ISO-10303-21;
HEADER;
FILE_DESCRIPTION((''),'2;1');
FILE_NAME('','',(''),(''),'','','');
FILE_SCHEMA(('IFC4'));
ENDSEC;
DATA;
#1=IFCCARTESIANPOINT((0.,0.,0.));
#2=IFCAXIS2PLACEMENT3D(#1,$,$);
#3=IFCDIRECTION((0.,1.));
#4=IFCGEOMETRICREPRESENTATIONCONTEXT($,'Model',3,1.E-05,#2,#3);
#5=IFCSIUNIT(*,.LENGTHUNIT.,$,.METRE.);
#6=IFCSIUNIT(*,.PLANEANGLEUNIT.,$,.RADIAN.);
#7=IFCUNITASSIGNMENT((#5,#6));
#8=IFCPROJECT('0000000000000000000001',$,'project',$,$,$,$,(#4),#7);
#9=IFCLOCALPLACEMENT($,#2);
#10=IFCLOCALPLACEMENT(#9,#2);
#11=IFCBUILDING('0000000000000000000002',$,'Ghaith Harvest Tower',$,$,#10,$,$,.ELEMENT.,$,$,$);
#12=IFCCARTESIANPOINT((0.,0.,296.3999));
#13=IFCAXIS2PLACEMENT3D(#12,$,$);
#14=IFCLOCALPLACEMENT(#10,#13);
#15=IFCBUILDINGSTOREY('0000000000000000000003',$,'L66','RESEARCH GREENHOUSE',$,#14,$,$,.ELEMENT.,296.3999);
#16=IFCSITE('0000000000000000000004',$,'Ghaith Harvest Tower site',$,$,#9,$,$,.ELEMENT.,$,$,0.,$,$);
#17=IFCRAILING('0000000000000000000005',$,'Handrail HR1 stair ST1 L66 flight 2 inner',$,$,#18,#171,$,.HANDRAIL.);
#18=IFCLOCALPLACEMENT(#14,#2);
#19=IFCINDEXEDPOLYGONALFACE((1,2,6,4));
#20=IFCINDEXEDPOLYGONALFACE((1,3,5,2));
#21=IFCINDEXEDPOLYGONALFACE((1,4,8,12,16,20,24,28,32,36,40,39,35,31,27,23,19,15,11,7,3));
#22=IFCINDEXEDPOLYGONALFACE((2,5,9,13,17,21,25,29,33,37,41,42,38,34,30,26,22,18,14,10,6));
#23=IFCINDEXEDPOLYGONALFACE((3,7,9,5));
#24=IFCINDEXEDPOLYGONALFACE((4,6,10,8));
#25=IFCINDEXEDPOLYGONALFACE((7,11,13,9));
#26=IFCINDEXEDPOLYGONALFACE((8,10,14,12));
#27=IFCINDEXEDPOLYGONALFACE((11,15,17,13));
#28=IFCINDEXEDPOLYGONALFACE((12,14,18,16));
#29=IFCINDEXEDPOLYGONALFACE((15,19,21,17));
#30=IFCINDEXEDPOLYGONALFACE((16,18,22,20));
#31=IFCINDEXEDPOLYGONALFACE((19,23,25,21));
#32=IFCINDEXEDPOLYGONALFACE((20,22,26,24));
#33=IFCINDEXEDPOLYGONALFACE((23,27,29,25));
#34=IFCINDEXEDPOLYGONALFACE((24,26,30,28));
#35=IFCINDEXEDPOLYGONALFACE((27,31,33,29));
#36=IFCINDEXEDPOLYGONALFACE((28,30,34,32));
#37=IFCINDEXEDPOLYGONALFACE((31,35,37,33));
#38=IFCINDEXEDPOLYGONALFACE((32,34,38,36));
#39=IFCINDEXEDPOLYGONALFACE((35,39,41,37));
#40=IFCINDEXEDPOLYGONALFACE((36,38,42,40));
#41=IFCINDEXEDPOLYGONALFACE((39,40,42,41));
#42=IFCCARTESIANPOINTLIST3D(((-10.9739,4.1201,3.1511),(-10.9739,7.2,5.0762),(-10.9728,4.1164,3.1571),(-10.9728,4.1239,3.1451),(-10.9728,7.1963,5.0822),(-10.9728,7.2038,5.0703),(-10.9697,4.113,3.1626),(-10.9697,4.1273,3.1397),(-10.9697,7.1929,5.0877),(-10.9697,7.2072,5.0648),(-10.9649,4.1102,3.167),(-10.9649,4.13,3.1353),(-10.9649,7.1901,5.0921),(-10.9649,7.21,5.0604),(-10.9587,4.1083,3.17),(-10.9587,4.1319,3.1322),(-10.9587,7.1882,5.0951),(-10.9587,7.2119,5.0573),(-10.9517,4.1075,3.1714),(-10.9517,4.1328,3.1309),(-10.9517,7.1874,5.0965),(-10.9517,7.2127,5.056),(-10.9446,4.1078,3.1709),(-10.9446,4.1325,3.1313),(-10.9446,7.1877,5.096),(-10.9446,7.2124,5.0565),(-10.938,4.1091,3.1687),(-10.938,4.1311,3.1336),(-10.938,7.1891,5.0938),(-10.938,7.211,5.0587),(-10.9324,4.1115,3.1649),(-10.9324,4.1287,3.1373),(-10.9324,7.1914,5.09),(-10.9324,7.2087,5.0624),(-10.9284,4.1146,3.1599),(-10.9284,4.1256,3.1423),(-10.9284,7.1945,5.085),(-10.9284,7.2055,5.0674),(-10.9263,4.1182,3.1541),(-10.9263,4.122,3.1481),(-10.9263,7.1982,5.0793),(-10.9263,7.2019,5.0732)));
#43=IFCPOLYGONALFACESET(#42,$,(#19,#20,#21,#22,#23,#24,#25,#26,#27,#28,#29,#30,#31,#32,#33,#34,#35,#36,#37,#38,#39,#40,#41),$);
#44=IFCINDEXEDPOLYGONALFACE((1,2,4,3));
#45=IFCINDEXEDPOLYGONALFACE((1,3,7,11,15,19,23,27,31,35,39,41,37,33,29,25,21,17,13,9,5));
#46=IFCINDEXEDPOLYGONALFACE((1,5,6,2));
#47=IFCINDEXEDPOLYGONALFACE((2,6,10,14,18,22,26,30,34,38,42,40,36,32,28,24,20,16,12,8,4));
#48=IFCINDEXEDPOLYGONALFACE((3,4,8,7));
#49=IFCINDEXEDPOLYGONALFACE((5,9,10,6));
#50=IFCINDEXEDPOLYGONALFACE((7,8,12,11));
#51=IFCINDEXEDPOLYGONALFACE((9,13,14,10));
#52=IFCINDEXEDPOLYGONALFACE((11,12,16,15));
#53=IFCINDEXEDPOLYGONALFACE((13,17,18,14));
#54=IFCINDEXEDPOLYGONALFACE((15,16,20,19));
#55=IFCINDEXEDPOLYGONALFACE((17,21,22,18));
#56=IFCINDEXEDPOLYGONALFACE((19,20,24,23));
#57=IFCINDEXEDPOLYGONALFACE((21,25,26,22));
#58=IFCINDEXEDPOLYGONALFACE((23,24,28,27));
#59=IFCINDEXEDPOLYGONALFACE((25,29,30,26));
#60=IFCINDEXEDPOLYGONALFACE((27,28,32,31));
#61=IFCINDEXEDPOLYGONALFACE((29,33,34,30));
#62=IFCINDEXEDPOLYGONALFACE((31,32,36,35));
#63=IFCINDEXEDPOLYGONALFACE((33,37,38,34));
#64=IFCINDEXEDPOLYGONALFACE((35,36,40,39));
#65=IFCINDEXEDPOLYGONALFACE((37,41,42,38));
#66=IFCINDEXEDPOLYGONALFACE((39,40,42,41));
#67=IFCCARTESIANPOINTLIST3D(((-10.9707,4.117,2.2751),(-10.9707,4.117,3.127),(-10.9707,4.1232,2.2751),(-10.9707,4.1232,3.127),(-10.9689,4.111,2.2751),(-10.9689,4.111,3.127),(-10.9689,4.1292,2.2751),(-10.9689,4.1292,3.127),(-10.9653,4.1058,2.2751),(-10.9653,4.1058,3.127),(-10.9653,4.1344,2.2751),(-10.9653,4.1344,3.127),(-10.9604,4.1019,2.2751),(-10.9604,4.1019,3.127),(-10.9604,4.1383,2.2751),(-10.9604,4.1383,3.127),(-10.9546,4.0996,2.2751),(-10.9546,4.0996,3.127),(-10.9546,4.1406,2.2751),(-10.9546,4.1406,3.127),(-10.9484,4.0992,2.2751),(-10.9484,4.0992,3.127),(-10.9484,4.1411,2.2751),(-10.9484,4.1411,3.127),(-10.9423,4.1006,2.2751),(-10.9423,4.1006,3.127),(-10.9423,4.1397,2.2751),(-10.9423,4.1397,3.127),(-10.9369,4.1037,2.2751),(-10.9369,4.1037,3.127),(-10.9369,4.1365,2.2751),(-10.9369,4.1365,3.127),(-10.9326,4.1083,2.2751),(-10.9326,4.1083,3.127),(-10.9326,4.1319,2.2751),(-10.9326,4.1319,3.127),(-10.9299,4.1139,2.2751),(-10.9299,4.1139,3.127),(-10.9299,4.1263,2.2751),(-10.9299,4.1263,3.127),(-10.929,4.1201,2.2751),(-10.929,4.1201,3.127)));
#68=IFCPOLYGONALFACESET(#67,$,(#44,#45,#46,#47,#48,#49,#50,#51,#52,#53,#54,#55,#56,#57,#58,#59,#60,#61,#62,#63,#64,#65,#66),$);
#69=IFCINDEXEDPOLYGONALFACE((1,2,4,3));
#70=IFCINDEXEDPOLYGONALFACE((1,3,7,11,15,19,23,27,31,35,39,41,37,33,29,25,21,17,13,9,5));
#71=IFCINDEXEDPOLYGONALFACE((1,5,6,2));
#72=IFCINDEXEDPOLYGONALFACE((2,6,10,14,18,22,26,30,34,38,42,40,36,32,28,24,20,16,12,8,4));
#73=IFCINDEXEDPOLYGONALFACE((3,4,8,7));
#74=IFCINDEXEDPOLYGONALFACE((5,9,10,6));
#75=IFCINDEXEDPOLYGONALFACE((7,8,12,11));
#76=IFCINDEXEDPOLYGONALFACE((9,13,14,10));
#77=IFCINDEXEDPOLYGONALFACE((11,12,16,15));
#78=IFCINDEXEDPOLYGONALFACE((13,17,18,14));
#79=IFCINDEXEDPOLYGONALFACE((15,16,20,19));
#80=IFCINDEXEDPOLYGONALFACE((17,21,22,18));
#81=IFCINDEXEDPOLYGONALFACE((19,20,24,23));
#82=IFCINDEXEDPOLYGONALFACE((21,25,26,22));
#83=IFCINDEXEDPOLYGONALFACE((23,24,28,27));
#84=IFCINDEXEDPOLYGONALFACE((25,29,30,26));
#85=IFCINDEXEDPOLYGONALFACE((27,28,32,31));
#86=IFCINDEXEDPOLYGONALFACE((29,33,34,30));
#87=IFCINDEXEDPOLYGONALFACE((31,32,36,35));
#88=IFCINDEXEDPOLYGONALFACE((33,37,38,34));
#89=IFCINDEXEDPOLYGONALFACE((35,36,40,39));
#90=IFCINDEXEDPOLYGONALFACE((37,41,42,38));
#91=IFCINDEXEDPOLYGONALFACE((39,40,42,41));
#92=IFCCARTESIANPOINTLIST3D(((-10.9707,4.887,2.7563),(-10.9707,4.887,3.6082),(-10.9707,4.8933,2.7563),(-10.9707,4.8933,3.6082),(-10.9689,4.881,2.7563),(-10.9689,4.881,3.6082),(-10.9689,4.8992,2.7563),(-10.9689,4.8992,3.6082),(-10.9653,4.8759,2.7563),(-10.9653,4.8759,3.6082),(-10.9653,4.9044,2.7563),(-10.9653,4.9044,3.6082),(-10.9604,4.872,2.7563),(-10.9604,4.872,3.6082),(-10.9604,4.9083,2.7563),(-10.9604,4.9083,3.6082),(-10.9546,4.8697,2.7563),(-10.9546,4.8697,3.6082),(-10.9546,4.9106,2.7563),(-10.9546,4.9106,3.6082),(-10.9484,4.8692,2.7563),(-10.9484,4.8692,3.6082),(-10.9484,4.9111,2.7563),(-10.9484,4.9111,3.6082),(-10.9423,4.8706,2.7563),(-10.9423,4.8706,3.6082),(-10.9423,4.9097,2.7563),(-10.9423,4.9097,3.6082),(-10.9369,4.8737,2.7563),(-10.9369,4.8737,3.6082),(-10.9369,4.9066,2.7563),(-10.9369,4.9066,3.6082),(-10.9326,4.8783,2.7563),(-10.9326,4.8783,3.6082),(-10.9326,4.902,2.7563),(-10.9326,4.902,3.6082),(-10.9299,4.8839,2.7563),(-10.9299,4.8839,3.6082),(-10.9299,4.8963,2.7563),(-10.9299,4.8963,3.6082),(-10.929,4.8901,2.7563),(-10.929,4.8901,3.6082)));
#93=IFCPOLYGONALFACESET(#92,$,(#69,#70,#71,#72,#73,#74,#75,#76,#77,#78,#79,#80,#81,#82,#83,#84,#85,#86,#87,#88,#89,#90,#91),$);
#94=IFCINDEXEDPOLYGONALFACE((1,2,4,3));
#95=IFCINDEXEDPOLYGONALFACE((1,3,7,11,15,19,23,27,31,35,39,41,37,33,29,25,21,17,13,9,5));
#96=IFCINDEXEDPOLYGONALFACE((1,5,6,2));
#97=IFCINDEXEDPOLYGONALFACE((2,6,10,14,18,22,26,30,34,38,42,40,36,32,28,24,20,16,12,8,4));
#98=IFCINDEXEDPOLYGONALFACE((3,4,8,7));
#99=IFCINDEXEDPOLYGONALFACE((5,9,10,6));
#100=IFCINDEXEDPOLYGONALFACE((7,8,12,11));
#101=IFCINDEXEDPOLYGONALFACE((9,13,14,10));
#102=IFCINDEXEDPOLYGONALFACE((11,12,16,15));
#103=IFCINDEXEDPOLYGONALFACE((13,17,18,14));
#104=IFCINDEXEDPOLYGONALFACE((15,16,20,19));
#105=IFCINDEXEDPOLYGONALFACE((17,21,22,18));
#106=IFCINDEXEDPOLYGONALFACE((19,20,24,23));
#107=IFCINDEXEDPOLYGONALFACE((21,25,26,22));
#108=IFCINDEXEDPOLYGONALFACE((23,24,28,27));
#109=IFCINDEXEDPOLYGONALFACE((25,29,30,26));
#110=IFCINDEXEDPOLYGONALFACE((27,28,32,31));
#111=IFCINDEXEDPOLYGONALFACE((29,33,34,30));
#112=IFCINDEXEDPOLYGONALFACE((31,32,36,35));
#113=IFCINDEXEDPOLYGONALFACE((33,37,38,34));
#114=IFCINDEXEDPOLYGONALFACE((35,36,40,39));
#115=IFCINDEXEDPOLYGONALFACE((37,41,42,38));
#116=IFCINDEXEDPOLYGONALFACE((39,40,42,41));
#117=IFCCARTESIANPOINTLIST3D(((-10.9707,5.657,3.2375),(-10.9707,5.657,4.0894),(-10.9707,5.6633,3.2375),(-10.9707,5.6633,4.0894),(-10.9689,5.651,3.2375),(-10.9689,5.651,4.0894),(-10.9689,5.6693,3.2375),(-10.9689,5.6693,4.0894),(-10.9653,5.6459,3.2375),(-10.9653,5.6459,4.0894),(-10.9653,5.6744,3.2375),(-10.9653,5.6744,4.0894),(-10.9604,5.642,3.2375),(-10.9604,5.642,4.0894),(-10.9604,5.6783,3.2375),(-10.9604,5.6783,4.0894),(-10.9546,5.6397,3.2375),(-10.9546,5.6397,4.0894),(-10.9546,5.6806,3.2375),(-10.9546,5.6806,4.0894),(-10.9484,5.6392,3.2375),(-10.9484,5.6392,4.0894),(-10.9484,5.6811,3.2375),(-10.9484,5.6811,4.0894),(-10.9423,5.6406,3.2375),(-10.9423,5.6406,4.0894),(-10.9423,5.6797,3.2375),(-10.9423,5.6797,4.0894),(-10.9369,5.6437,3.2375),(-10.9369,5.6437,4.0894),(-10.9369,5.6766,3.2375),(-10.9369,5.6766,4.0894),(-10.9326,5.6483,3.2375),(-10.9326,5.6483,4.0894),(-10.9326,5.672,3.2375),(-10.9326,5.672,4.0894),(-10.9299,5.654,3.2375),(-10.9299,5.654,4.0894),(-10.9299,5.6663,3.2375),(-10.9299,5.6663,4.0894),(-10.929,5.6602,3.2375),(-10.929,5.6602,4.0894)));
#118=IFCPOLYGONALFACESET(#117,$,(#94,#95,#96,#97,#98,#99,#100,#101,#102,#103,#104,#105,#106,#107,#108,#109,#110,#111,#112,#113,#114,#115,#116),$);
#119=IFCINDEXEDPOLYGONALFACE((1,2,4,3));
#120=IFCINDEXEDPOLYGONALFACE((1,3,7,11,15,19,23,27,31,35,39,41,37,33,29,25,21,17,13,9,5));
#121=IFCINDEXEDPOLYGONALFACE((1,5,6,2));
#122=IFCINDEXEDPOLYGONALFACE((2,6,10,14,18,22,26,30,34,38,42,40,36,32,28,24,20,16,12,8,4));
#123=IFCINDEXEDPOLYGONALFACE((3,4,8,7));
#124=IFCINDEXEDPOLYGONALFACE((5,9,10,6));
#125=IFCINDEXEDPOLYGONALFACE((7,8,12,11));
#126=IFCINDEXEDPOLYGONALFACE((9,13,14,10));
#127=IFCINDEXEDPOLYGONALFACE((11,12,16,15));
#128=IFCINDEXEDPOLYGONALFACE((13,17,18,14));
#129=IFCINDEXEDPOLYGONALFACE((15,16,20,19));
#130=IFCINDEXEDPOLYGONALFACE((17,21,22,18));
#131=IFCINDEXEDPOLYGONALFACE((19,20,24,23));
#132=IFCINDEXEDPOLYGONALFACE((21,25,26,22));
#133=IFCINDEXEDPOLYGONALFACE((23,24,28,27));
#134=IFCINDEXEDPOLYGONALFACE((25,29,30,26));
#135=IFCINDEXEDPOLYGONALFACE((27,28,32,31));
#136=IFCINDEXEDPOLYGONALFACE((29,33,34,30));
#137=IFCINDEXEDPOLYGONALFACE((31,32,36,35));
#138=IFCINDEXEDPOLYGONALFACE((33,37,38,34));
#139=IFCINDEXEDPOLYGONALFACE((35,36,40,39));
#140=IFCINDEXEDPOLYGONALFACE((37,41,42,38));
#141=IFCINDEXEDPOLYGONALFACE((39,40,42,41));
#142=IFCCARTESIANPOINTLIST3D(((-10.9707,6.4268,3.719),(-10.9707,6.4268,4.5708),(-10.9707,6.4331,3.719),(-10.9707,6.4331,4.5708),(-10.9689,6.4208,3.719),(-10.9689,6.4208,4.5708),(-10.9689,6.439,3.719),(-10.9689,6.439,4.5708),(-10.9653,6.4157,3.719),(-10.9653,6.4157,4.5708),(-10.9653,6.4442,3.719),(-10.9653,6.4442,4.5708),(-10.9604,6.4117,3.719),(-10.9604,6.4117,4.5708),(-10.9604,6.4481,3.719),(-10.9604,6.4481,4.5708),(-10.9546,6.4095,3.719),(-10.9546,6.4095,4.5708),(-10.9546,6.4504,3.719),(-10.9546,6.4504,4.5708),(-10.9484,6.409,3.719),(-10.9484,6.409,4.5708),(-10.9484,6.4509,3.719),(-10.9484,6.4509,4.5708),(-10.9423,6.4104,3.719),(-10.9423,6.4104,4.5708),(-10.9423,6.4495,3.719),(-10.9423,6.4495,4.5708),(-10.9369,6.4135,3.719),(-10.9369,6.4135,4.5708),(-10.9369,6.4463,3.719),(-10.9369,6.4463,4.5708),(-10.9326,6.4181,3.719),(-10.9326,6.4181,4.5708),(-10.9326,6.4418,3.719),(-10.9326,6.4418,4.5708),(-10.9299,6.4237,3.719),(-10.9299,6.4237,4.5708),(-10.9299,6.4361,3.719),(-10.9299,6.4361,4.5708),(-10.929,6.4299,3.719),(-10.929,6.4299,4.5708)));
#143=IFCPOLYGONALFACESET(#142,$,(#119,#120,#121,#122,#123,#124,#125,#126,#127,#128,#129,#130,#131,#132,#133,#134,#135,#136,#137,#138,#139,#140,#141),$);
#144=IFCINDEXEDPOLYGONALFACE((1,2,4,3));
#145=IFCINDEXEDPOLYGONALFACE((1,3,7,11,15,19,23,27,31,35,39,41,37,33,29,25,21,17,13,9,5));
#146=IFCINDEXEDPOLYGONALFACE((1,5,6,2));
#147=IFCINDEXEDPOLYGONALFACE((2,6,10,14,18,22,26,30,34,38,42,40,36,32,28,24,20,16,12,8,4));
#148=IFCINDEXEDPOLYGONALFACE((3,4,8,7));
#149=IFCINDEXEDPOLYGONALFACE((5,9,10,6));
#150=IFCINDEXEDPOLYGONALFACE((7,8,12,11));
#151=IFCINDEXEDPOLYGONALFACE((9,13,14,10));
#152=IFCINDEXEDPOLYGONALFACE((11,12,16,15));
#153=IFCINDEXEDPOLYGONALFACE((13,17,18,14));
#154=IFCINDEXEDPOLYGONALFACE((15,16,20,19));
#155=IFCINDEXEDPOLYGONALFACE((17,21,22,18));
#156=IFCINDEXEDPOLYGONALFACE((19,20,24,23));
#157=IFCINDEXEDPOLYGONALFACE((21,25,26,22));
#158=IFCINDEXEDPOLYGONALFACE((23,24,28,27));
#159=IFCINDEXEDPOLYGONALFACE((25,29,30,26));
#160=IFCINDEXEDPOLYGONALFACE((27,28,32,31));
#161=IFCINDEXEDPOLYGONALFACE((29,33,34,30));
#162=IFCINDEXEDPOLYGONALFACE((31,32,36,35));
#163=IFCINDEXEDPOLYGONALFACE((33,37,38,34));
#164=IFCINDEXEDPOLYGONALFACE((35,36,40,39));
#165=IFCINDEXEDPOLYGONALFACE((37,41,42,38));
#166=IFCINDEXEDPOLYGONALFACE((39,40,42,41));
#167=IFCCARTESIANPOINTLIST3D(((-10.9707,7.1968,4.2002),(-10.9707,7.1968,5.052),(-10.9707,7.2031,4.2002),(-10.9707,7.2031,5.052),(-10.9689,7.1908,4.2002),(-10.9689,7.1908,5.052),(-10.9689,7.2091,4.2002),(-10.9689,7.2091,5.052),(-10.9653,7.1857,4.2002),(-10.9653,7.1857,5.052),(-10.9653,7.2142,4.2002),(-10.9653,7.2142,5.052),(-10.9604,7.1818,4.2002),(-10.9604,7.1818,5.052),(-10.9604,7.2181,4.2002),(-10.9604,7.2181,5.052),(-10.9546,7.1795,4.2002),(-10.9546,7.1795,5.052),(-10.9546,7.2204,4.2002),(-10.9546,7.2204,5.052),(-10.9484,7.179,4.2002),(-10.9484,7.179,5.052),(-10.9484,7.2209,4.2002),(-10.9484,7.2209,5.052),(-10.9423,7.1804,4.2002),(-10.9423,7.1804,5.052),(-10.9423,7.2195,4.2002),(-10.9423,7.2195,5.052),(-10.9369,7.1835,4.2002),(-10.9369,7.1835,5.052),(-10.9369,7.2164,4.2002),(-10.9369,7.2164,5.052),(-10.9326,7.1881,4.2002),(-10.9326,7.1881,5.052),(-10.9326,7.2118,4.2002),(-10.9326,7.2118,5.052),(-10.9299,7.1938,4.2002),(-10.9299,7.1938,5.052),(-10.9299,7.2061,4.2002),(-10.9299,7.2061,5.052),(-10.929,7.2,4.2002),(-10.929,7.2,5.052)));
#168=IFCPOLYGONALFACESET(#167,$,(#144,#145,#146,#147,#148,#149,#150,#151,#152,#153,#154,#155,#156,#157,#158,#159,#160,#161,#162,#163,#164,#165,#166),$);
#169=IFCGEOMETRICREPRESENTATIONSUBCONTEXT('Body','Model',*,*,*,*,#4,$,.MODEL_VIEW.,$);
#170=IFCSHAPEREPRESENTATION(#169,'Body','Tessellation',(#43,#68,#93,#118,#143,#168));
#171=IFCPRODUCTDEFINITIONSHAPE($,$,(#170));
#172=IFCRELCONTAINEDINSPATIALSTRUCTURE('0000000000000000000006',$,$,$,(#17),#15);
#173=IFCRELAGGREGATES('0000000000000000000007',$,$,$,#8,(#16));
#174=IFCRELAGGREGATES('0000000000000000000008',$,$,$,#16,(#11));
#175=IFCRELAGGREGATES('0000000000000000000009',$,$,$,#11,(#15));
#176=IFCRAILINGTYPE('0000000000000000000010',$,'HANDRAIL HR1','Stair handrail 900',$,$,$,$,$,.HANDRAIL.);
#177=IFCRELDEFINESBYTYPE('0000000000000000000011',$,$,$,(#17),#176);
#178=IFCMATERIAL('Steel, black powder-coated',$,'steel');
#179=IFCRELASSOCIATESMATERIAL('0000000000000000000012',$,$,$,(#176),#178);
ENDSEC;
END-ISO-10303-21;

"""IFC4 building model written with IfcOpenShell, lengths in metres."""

from ifc_helpers import new_model, si_unit, direction, frame, origin, origin_2d, place, context, subcontext, project, spatial, circle, extrude, material, type_object, element, save


model = new_model("IFC4")

# Units and contexts
model_context = context("Model", 3, precision=1e-05, world=origin(), true_north=direction((0.0, 1.0)))
body_context = subcontext(model_context, "Body", "Model", "MODEL_VIEW")
ifc_project = project(units=[si_unit("LENGTHUNIT", "METRE"), si_unit("PLANEANGLEUNIT", "RADIAN")], contexts=[model_context])

# Site, building, storey
site_placement = place(None, origin())
site = spatial("IfcSite", under=ifc_project, at=site_placement, Name="Ghaith Harvest Tower site", CompositionType="ELEMENT", RefElevation=0.0)
building_placement = place(site_placement, origin())
building = spatial("IfcBuilding", under=site, at=building_placement, Name="Ghaith Harvest Tower", CompositionType="ELEMENT")
storey_placement = place(building_placement, frame((0.0, 0.0, 296.3999)))
storey = spatial("IfcBuildingStorey", under=building, at=storey_placement, Name="L66", Description="RESEARCH GREENHOUSE", CompositionType="ELEMENT", Elevation=296.3999)

# Railing
ifc_material_1 = material(Name="Steel, black powder-coated", Category="steel")
railing_type = type_object("IfcRailingType", Name="HANDRAIL HR1", Description="Stair handrail 900", PredefinedType="HANDRAIL", material=ifc_material_1)
railing_1_placement = place(storey_placement, frame((-10.95, 4.1201, 2.2751)))
element("IfcRailing", 1, at=railing_1_placement, inside=storey, type_object=railing_type, Name="Handrail HR1 stair ST1 L66 flight 2 inner", PredefinedType="HANDRAIL", context=body_context, shape_type="SweptSolid", body=[
    extrude(circle(Radius=0.0239, at=origin_2d()), frame((0.0, 0.0, 0.876), z_axis=(0.0, 0.847979, 0.530029), x_axis=(-1.0, 0.0, 0.0)), (0.0, 0.0, 1.0), 3.6321),
    extrude(circle(Radius=0.021, at=origin_2d()), origin(), (0.0, 0.0, 1.0), 0.8518),
    extrude(circle(Radius=0.021, at=origin_2d()), frame((0.0, 0.77, 0.4812)), (0.0, 0.0, 1.0), 0.8518),
    extrude(circle(Radius=0.021, at=origin_2d()), frame((0.0, 1.54, 0.9624)), (0.0, 0.0, 1.0), 0.8518),
    extrude(circle(Radius=0.021, at=origin_2d()), frame((0.0, 2.3098, 1.4438)), (0.0, 0.0, 1.0), 0.8518),
    extrude(circle(Radius=0.021, at=origin_2d()), frame((0.0, 3.0798, 1.925)), (0.0, 0.0, 1.0), 0.8518),
])

save(model, "model.ifc")
